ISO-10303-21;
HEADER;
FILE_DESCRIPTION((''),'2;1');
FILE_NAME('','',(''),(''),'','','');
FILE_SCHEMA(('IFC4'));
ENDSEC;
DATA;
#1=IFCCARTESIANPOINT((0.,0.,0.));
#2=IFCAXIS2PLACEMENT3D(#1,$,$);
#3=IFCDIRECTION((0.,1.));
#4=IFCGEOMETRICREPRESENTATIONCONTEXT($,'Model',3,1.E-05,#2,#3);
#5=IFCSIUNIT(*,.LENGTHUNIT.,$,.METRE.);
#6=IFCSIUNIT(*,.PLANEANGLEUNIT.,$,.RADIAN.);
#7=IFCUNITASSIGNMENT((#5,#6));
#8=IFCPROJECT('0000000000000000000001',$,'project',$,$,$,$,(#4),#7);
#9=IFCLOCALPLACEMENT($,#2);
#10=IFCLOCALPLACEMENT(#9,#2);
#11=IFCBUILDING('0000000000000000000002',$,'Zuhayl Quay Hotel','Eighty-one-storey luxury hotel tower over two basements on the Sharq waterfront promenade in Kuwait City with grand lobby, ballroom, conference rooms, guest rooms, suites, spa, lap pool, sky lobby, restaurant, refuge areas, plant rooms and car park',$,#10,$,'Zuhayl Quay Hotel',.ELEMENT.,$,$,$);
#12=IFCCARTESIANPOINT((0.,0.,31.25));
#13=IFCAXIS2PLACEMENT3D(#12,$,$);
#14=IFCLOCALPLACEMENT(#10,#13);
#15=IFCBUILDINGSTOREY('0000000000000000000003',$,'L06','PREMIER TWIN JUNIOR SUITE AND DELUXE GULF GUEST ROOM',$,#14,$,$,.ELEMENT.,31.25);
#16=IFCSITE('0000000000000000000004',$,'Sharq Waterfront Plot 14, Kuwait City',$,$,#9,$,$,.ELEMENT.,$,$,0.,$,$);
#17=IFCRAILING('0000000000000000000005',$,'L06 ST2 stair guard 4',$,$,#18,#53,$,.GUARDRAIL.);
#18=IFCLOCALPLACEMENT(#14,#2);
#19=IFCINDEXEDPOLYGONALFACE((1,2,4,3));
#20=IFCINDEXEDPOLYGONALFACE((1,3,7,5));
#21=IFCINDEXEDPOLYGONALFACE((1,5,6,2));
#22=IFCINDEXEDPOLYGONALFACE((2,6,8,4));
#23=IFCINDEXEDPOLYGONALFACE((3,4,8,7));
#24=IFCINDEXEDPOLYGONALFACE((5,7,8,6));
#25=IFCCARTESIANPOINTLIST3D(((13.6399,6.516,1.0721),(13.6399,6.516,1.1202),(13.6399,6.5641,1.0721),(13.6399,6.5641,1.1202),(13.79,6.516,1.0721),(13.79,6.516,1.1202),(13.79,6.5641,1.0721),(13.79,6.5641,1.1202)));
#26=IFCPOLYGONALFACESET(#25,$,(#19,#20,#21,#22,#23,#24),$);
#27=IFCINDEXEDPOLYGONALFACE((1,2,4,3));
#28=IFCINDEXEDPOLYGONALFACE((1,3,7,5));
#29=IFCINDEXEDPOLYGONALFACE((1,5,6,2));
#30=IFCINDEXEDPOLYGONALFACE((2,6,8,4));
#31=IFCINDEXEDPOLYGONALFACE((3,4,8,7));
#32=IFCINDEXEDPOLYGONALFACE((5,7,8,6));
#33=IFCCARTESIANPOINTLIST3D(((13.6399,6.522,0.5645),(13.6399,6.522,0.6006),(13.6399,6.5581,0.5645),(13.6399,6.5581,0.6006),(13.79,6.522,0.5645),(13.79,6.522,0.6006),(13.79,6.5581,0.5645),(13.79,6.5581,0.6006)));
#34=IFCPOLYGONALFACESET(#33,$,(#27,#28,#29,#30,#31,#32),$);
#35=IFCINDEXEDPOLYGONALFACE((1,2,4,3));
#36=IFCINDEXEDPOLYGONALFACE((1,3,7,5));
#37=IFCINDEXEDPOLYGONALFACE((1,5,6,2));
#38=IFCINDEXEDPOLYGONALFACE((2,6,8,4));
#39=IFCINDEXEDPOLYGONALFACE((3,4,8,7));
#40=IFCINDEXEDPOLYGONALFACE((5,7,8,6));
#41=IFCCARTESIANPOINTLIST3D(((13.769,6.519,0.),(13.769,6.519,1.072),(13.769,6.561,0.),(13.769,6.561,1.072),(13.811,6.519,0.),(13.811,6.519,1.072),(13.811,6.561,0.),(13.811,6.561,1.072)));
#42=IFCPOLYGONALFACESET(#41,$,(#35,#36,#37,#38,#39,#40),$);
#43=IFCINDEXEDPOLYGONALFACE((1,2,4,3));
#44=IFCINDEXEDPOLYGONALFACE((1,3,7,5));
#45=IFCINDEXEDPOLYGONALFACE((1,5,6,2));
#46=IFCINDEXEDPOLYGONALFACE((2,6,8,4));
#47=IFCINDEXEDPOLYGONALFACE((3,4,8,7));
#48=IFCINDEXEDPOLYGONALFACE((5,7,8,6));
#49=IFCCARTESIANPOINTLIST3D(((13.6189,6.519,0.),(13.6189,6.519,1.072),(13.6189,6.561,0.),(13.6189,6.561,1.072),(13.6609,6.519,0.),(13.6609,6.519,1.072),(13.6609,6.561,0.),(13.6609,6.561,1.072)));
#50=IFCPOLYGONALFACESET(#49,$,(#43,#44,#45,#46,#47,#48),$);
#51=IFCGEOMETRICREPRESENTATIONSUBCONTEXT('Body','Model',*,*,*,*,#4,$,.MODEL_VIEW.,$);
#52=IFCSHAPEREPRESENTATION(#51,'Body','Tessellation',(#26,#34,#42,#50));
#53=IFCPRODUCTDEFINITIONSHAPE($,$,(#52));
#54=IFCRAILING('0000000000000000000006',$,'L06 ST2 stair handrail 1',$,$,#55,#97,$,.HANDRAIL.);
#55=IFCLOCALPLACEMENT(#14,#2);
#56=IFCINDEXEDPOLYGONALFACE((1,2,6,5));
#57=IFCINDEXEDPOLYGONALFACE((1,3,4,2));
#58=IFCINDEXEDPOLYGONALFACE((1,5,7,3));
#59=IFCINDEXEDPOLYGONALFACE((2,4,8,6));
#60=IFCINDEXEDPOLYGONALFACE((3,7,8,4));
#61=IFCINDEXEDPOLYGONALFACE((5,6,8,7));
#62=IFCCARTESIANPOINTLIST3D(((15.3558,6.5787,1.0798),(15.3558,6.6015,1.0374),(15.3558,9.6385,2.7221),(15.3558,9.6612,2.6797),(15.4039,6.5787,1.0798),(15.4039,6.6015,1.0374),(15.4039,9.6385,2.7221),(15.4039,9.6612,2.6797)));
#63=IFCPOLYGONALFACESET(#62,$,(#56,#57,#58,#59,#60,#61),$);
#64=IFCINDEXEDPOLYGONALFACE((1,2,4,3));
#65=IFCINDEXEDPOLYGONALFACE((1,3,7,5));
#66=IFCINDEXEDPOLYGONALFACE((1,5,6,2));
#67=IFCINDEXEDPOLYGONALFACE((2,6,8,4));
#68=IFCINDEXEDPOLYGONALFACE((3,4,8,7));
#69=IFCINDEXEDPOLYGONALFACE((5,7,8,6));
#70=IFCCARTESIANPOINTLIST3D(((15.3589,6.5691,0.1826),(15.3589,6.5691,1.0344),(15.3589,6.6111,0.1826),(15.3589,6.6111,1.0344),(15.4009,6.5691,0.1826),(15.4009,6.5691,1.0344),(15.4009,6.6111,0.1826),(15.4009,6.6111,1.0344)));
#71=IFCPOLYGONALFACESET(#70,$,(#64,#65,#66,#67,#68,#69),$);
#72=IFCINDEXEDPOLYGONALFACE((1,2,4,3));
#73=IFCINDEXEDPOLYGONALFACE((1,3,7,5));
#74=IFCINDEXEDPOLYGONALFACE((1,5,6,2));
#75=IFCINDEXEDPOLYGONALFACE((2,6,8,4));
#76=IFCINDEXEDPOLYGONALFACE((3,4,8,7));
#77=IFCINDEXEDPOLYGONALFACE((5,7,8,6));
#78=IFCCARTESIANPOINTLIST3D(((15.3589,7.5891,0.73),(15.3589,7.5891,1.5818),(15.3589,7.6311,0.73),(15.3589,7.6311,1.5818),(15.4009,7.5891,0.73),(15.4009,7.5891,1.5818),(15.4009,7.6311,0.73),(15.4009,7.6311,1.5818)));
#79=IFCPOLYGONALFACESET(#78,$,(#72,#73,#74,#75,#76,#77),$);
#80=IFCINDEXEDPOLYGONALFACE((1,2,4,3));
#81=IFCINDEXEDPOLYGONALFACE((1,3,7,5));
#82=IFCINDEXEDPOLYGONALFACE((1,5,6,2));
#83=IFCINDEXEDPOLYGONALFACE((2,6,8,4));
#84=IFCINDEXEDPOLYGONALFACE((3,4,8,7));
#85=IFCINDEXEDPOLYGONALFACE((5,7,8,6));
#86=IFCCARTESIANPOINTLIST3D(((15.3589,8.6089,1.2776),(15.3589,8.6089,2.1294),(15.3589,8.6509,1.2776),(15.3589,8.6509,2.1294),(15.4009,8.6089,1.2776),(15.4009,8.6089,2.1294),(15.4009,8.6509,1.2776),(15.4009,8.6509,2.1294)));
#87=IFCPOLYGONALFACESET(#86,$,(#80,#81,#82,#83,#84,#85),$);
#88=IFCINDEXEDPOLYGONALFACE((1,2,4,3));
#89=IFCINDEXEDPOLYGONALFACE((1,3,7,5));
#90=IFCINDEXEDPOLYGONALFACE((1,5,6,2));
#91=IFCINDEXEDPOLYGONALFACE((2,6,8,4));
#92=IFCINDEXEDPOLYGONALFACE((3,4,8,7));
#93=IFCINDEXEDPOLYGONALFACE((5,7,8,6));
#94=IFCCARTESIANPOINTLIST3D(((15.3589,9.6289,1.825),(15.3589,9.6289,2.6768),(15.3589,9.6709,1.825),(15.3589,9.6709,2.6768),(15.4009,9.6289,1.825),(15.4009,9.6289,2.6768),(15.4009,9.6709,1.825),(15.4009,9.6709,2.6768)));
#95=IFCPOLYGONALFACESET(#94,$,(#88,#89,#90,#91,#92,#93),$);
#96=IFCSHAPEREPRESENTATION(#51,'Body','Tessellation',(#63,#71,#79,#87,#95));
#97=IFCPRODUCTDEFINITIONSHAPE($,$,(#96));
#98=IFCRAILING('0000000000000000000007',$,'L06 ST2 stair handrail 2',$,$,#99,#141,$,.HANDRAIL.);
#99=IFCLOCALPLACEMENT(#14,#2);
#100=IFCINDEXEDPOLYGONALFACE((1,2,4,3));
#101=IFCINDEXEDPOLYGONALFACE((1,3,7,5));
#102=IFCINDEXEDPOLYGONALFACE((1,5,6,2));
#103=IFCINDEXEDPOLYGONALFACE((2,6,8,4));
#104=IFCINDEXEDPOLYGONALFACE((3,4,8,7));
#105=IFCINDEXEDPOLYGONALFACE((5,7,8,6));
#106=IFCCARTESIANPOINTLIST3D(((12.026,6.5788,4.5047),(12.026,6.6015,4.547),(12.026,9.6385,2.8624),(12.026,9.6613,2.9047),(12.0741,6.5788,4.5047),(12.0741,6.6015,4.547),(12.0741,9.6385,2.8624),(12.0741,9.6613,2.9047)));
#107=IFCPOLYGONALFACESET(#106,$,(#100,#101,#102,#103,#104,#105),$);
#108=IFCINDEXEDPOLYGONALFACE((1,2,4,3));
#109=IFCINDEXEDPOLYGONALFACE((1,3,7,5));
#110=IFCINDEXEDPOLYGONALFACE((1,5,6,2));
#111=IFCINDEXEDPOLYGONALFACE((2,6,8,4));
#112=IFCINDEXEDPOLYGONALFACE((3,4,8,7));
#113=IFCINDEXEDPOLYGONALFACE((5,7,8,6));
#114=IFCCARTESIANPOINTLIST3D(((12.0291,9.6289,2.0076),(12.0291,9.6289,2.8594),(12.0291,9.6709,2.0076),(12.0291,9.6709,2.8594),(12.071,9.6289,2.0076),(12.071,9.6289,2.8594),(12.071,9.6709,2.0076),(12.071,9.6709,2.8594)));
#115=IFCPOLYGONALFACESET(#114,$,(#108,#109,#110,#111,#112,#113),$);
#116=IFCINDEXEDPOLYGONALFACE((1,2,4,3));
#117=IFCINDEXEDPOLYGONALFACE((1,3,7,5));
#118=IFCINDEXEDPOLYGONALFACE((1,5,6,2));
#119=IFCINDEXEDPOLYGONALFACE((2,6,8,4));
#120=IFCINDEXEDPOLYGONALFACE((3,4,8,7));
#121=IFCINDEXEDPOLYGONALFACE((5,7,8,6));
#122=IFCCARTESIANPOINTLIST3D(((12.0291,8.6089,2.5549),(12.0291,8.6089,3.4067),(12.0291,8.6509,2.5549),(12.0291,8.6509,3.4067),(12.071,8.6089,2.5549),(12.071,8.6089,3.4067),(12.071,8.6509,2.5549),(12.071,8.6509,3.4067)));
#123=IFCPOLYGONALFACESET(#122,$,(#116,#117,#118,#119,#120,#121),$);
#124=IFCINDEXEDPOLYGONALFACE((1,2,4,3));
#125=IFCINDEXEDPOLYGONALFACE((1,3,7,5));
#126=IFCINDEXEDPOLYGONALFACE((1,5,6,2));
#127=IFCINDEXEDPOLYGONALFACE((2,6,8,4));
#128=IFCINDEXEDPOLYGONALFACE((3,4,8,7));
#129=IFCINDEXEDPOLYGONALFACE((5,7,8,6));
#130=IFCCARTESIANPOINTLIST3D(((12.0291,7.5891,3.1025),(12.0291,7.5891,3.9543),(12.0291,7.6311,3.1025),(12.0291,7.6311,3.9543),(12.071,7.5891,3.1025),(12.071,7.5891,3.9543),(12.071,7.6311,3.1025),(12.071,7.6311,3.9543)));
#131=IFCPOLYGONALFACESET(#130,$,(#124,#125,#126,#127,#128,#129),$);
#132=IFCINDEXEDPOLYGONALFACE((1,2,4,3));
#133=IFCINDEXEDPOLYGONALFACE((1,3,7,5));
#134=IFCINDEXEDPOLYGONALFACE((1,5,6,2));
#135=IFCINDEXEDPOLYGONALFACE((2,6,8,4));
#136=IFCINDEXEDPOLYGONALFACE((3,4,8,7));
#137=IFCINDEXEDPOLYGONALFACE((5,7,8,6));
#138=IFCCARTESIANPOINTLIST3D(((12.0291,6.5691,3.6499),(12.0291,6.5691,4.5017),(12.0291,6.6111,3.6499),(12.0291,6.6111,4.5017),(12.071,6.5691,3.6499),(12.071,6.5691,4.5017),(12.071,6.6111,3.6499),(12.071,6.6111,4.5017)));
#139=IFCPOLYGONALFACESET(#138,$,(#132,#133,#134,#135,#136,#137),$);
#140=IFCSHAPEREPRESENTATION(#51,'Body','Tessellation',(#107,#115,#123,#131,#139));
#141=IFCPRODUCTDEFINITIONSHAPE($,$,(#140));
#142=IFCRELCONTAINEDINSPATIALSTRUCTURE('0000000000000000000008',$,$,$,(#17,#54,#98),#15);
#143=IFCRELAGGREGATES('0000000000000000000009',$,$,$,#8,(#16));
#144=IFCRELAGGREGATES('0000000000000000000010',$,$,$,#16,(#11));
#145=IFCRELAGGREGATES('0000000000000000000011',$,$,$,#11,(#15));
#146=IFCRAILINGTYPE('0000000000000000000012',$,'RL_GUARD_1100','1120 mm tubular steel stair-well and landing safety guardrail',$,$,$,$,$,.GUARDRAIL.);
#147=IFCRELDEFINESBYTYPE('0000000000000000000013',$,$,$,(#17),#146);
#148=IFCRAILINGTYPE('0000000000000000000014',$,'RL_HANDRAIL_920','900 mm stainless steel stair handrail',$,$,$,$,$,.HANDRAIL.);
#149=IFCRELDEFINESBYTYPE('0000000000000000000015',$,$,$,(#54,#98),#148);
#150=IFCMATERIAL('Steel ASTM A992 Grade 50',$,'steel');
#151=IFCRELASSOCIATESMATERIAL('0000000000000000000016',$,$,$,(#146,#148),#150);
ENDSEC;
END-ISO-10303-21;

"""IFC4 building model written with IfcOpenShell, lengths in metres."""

from ifc_helpers import new_model, si_unit, direction, frame, origin, origin_2d, place, context, subcontext, project, spatial, rectangle, extrude, material, type_object, element, save


model = new_model("IFC4")

# Units and contexts
model_context = context("Model", 3, precision=1e-05, world=origin(), true_north=direction((0.0, 1.0)))
body_context = subcontext(model_context, "Body", "Model", "MODEL_VIEW")
ifc_project = project(units=[si_unit("LENGTHUNIT", "METRE"), si_unit("PLANEANGLEUNIT", "RADIAN")], contexts=[model_context])

# Site, building, storey
site_placement = place(None, origin())
site = spatial("IfcSite", under=ifc_project, at=site_placement, Name="Sharq Waterfront Plot 14, Kuwait City", CompositionType="ELEMENT", RefElevation=0.0)
building_placement = place(site_placement, origin())
building = spatial("IfcBuilding", under=site, at=building_placement, Name="Zuhayl Quay Hotel", Description="Eighty-one-storey luxury hotel tower over two basements on the Sharq waterfront promenade in Kuwait City with grand lobby, ballroom, conference rooms, guest rooms, suites, spa, lap pool, sky lobby, restaurant, refuge areas, plant rooms and car park", LongName="Zuhayl Quay Hotel", CompositionType="ELEMENT")
storey_placement = place(building_placement, frame((0.0, 0.0, 31.25)))
storey = spatial("IfcBuildingStorey", under=building, at=storey_placement, Name="L06", Description="PREMIER TWIN JUNIOR SUITE AND DELUXE GULF GUEST ROOM", CompositionType="ELEMENT", Elevation=31.25)

# Shared definitions
ifc_material_1 = material(Name="Steel ASTM A992 Grade 50", Category="steel")

# Railings
railing_type_1 = type_object("IfcRailingType", Name="RL_GUARD_1100", Description="1120 mm tubular steel stair-well and landing safety guardrail", PredefinedType="GUARDRAIL", material=ifc_material_1)
railing_1_placement = place(storey_placement, frame((13.79, 6.54, 0.0)))
element("IfcRailing", 1, at=railing_1_placement, inside=storey, type_object=railing_type_1, Name="L06 ST2 stair guard 4", PredefinedType="GUARDRAIL", context=body_context, shape_type="SweptSolid", body=[
    extrude(rectangle(XDim=0.0481, YDim=0.0481, at=origin_2d()), frame((0.0, 0.0, 1.0962), z_axis=(-1.0, 0.0, 0.0), x_axis=(0.0, -1.0, 0.0)), (0.0, 0.0, 1.0), 0.1501),
    extrude(rectangle(XDim=0.0361, YDim=0.0361, at=origin_2d()), frame((0.0, 0.0, 0.5825), z_axis=(-1.0, 0.0, 0.0), x_axis=(0.0, -1.0, 0.0)), (0.0, 0.0, 1.0), 0.1501),
    extrude(rectangle(XDim=0.042, YDim=0.042, at=origin_2d()), origin(), (0.0, 0.0, 1.0), 1.072),
    extrude(rectangle(XDim=0.042, YDim=0.042, at=origin_2d()), frame((-0.1501, 0.0, 0.0)), (0.0, 0.0, 1.0), 1.072),
])
railing_type_2 = type_object("IfcRailingType", Name="RL_HANDRAIL_920", Description="900 mm stainless steel stair handrail", PredefinedType="HANDRAIL", material=ifc_material_1)
railing_2_placement = place(storey_placement, frame((15.3799, 6.5901, 0.1826)))
element("IfcRailing", 2, at=railing_2_placement, inside=storey, type_object=railing_type_2, Name="L06 ST2 stair handrail 1", PredefinedType="HANDRAIL", context=body_context, shape_type="SweptSolid", body=[
    extrude(rectangle(XDim=0.0481, YDim=0.0481, at=origin_2d()), frame((0.0, 0.0, 0.876), z_axis=(0.0, 0.881102, 0.472926), x_axis=(-1.0, 0.0, 0.0)), (0.0, 0.0, 1.0), 3.4727),
    extrude(rectangle(XDim=0.042, YDim=0.042, at=origin_2d()), origin(), (0.0, 0.0, 1.0), 0.8518),
    extrude(rectangle(XDim=0.042, YDim=0.042, at=origin_2d()), frame((0.0, 1.02, 0.5474)), (0.0, 0.0, 1.0), 0.8518),
    extrude(rectangle(XDim=0.042, YDim=0.042, at=origin_2d()), frame((0.0, 2.0398, 1.095)), (0.0, 0.0, 1.0), 0.8518),
    extrude(rectangle(XDim=0.042, YDim=0.042, at=origin_2d()), frame((0.0, 3.0598, 1.6423)), (0.0, 0.0, 1.0), 0.8518),
])
railing_3_placement = place(storey_placement, frame((12.05, 9.6499, 2.0076)))
element("IfcRailing", 3, at=railing_3_placement, inside=storey, type_object=railing_type_2, Name="L06 ST2 stair handrail 2", PredefinedType="HANDRAIL", context=body_context, shape_type="SweptSolid", body=[
    extrude(rectangle(XDim=0.0481, YDim=0.0481, at=origin_2d()), frame((0.0, 0.0, 0.876), z_axis=(0.0, -0.881102, 0.472926), x_axis=(1.0, 0.0, 0.0)), (0.0, 0.0, 1.0), 3.4727),
    extrude(rectangle(XDim=0.042, YDim=0.042, at=origin_2d()), origin(), (0.0, 0.0, 1.0), 0.8518),
    extrude(rectangle(XDim=0.042, YDim=0.042, at=origin_2d()), frame((0.0, -1.02, 0.5474)), (0.0, 0.0, 1.0), 0.8518),
    extrude(rectangle(XDim=0.042, YDim=0.042, at=origin_2d()), frame((0.0, -2.0398, 1.095)), (0.0, 0.0, 1.0), 0.8518),
    extrude(rectangle(XDim=0.042, YDim=0.042, at=origin_2d()), frame((0.0, -3.0598, 1.6423)), (0.0, 0.0, 1.0), 0.8518),
])

save(model, "model.ifc")
